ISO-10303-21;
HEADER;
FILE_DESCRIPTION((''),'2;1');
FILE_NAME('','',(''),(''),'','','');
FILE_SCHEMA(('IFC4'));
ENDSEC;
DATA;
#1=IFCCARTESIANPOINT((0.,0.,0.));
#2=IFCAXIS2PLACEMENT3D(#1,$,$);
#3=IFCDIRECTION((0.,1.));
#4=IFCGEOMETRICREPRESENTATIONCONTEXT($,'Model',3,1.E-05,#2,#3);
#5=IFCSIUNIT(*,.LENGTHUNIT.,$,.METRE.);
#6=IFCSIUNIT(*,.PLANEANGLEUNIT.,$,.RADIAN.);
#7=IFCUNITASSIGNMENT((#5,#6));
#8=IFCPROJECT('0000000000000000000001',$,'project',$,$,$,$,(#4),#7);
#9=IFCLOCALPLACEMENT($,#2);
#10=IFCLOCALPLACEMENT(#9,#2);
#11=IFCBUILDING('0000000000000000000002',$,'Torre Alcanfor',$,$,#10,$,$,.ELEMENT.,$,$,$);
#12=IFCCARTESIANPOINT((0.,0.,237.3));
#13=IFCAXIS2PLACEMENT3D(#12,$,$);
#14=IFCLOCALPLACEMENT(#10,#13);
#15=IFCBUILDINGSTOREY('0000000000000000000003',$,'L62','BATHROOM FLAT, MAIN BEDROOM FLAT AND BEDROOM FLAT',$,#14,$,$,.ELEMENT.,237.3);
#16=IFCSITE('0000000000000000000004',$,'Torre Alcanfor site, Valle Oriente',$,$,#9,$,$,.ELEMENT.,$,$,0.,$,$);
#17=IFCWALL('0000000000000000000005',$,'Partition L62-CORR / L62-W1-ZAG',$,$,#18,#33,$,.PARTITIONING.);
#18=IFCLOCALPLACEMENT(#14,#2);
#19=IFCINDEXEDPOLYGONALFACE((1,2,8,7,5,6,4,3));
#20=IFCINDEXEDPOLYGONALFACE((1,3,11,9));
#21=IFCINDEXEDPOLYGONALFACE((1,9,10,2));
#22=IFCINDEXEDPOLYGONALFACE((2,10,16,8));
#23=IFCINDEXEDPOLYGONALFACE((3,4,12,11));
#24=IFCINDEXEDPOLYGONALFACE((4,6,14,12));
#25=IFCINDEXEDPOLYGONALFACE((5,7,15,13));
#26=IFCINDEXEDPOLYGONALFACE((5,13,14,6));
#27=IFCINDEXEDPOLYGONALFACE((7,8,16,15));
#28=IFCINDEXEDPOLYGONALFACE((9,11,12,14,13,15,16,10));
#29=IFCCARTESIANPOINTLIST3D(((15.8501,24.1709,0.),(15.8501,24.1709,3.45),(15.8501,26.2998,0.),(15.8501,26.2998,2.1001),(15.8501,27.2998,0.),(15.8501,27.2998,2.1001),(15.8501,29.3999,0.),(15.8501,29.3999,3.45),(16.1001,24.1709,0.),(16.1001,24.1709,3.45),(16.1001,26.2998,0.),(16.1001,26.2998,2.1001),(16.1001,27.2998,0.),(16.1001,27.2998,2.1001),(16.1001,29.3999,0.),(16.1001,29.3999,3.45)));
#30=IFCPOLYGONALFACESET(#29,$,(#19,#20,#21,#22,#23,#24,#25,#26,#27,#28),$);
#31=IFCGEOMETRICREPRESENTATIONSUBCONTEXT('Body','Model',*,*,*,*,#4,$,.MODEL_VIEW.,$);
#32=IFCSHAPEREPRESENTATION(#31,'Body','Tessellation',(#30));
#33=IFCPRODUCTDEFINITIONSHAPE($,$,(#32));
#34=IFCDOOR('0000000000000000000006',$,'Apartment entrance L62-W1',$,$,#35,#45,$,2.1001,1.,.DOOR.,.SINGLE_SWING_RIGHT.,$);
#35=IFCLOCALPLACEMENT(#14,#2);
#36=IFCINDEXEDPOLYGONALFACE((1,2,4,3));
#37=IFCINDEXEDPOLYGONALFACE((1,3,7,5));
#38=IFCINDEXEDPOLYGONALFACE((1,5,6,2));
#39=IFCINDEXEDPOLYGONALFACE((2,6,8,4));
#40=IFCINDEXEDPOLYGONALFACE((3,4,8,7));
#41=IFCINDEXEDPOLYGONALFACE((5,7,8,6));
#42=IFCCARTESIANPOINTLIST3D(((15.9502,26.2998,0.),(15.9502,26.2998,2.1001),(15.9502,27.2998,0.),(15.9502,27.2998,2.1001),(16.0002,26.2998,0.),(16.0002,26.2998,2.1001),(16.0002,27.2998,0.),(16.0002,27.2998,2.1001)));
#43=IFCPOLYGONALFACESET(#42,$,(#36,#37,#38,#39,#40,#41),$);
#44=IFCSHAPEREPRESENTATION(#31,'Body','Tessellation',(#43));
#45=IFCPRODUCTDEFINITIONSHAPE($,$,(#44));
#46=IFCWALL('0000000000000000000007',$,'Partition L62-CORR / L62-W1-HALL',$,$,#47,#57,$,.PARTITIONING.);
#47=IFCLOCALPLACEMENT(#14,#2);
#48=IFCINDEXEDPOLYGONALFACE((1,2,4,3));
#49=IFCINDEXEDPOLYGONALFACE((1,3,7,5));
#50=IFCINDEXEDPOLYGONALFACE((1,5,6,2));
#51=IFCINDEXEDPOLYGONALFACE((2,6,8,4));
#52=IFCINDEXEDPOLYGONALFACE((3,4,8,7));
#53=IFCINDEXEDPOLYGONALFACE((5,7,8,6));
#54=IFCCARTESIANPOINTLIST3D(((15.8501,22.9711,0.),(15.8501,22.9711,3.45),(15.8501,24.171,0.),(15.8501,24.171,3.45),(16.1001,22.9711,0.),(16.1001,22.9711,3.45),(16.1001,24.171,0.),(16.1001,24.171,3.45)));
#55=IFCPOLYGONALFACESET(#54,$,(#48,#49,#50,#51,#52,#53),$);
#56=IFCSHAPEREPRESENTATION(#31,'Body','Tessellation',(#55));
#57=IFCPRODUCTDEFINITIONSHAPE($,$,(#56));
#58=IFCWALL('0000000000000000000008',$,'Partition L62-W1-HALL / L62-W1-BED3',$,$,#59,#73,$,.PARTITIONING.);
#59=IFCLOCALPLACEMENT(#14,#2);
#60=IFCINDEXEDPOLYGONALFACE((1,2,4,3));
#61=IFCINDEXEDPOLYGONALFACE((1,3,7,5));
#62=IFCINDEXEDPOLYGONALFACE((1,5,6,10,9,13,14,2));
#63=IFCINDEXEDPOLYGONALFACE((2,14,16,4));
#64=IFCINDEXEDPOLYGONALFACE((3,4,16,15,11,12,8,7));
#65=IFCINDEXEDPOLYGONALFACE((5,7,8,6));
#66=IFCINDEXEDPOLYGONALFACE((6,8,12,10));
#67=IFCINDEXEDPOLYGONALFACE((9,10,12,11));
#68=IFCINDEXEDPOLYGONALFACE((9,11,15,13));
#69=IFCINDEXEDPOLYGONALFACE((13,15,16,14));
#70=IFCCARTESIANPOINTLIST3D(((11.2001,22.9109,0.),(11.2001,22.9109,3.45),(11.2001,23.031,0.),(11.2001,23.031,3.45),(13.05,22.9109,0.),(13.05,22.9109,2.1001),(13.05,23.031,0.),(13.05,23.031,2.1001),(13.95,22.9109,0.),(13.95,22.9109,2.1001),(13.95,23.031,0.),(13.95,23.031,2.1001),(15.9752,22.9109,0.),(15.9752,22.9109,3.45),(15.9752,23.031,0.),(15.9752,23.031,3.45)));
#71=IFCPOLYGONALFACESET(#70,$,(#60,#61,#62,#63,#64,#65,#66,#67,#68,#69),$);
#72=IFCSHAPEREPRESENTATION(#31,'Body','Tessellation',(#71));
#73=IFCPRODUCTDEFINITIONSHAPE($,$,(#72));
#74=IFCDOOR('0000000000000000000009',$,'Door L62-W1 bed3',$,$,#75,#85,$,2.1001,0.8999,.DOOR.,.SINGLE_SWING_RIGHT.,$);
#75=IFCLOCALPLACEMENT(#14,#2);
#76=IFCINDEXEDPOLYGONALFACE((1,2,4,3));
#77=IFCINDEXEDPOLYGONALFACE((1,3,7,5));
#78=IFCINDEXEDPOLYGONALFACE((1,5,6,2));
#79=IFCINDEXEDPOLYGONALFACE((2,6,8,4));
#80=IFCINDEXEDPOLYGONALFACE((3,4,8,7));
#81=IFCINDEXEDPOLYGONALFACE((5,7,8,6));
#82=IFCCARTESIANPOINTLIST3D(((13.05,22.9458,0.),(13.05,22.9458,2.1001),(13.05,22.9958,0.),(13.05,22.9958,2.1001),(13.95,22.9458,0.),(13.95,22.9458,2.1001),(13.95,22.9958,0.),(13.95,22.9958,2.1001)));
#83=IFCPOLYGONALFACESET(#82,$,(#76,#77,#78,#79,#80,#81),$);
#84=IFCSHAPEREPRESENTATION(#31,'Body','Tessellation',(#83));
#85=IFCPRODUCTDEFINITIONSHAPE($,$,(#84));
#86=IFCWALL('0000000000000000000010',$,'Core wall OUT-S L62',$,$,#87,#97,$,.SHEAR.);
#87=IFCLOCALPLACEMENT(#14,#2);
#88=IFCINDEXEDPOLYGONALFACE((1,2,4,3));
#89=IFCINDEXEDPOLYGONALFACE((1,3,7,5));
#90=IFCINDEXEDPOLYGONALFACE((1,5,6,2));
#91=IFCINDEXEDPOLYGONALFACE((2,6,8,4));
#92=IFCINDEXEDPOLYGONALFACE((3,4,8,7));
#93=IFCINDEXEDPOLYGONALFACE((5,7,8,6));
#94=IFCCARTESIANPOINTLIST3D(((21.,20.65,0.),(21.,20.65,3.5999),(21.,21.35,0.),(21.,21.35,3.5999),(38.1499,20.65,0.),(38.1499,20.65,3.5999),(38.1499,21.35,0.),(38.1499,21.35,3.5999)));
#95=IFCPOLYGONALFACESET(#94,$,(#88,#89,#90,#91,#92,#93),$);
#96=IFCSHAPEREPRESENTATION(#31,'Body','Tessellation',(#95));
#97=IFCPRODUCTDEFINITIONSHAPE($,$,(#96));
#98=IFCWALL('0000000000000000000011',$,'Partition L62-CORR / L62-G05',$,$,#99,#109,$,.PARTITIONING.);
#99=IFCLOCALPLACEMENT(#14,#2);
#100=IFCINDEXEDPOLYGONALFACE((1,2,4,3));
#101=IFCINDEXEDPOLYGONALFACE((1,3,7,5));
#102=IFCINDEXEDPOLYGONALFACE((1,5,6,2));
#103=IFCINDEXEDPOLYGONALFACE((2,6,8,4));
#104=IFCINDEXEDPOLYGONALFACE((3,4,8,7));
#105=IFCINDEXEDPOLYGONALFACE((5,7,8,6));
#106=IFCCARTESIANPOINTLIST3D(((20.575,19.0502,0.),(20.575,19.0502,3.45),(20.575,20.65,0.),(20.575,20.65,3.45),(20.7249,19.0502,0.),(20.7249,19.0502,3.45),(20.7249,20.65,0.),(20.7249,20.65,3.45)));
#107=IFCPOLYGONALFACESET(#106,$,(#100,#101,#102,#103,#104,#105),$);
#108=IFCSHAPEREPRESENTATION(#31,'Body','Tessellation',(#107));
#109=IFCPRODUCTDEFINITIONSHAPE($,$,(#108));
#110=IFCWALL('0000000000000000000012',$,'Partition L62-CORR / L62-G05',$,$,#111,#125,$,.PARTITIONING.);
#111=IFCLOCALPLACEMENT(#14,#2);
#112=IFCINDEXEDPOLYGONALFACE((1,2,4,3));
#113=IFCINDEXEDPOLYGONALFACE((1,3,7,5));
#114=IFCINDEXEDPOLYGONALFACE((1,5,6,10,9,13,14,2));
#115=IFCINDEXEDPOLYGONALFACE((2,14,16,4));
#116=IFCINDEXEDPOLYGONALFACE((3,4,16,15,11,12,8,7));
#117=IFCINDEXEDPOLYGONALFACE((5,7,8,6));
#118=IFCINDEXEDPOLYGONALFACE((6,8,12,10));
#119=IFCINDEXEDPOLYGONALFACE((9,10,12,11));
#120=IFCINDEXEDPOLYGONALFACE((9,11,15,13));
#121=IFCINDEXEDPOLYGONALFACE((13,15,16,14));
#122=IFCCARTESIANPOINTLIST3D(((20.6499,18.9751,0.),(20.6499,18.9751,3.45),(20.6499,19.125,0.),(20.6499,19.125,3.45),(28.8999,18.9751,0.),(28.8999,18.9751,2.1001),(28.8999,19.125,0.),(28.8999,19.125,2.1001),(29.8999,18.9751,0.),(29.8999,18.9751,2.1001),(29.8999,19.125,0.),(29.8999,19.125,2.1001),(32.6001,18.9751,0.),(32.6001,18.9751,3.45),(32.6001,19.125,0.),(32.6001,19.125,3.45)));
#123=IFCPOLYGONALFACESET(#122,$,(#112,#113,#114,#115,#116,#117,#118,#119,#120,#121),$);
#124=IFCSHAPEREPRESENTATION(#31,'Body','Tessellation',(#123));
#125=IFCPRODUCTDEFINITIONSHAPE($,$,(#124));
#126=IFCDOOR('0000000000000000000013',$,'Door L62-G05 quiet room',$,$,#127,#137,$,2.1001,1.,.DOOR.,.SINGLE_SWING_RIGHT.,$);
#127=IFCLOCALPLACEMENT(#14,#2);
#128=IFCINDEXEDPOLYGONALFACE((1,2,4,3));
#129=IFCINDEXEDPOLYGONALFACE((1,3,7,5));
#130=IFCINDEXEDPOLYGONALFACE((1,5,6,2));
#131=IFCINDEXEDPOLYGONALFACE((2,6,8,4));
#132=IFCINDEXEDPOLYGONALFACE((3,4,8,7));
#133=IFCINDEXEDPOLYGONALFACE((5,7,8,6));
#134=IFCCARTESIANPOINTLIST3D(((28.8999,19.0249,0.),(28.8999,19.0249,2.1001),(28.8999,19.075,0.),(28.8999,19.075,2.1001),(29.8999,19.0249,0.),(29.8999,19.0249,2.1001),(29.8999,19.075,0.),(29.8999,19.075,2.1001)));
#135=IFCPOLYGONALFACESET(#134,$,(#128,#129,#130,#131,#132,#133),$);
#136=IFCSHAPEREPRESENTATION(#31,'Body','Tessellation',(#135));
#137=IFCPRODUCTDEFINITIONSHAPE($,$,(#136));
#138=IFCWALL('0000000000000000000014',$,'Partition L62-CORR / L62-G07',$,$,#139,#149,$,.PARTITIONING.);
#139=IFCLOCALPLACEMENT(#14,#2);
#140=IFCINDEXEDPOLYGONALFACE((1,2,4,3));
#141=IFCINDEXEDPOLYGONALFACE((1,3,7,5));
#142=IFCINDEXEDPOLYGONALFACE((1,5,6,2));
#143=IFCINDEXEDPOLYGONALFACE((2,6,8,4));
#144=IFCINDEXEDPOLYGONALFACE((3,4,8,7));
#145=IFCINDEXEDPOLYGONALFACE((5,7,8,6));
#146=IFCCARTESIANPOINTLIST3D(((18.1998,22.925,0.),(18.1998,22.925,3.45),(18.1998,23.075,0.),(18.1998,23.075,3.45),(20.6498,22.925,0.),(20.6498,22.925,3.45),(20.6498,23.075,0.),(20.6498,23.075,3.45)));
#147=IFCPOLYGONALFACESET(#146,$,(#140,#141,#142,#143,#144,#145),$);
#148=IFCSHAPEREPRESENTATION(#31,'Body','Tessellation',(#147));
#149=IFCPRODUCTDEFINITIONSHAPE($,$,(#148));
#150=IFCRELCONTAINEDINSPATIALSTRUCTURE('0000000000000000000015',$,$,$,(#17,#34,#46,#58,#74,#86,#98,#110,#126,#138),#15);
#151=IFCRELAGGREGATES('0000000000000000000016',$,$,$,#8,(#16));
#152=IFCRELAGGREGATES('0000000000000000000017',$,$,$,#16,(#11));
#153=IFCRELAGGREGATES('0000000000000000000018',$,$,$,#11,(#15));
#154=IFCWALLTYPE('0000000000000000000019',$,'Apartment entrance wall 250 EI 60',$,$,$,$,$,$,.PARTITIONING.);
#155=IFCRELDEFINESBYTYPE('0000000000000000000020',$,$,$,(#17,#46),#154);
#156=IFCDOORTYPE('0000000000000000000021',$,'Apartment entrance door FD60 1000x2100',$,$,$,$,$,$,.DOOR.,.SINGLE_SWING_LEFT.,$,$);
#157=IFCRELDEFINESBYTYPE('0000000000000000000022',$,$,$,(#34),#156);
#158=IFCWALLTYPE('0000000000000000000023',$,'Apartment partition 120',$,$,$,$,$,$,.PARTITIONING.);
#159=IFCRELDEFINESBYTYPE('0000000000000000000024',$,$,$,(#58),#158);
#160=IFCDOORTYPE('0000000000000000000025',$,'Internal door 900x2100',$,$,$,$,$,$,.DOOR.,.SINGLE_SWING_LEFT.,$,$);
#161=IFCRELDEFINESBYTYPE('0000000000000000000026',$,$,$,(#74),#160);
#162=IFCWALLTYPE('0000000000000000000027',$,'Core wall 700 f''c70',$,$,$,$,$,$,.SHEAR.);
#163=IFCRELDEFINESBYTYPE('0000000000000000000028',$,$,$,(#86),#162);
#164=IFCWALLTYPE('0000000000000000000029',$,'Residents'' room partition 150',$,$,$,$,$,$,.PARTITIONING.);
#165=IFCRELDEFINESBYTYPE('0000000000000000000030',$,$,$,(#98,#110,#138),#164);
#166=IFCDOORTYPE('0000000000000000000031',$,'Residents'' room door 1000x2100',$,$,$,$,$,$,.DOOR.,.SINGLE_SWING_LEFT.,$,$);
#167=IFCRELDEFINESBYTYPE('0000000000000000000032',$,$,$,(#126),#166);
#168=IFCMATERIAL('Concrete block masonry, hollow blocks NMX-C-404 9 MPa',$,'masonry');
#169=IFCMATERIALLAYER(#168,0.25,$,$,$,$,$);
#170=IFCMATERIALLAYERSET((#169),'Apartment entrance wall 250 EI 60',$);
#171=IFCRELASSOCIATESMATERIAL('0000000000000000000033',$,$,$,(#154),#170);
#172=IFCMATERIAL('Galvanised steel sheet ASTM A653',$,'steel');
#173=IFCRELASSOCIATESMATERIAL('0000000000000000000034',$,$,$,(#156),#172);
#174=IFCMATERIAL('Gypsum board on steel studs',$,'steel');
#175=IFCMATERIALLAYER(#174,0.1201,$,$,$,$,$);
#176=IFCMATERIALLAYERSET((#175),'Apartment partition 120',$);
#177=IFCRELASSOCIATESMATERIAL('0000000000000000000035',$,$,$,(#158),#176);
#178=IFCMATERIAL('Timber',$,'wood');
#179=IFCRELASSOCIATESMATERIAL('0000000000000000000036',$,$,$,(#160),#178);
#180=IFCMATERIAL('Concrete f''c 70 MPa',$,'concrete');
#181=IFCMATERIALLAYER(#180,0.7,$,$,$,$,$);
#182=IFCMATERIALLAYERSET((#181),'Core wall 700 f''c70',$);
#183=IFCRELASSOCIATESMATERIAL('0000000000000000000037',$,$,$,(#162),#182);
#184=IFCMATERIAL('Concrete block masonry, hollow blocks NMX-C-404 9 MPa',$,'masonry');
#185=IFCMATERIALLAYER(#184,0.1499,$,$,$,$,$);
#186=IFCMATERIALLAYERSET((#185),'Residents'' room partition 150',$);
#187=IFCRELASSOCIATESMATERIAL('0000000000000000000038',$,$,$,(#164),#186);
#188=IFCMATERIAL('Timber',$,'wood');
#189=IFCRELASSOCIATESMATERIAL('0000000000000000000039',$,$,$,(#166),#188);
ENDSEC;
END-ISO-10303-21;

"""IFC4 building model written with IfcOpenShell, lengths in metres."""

from ifc_helpers import new_model, si_unit, direction, frame, frame_2d, origin, place, context, subcontext, project, spatial, rectangle, extrude, material, layer, layer_set, type_object, element, fill, save


model = new_model("IFC4")

# Units and contexts
model_context = context("Model", 3, precision=1e-05, world=origin(), true_north=direction((0.0, 1.0)))
body_context = subcontext(model_context, "Body", "Model", "MODEL_VIEW")
ifc_project = project(units=[si_unit("LENGTHUNIT", "METRE"), si_unit("PLANEANGLEUNIT", "RADIAN")], contexts=[model_context])

# Site, building, storey
site_placement = place(None, origin())
site = spatial("IfcSite", under=ifc_project, at=site_placement, Name="Torre Alcanfor site, Valle Oriente", CompositionType="ELEMENT", RefElevation=0.0)
building_placement = place(site_placement, origin())
building = spatial("IfcBuilding", under=site, at=building_placement, Name="Torre Alcanfor", CompositionType="ELEMENT")
storey_placement = place(building_placement, frame((0.0, 0.0, 237.3)))
storey = spatial("IfcBuildingStorey", under=building, at=storey_placement, Name="L62", Description="BATHROOM FLAT, MAIN BEDROOM FLAT AND BEDROOM FLAT", CompositionType="ELEMENT", Elevation=237.3)

# Wall, opening, door
ifc_material_1 = material(Name="Concrete block masonry, hollow blocks NMX-C-404 9 MPa", Category="masonry")
ifc_layer_1 = layer(ifc_material_1, 0.25)
ifc_layer_set_1 = layer_set([ifc_layer_1], Name="Apartment entrance wall 250 EI 60")
wall_type_1 = type_object("IfcWallType", Name="Apartment entrance wall 250 EI 60", PredefinedType="PARTITIONING", material=ifc_layer_set_1)
wall_1_placement = place(storey_placement, frame((15.9751, 24.1709, 0.0), z_axis=(0.0, 0.0, 1.0), x_axis=(0.0, 1.0, 0.0)))
wall_1 = element("IfcWall", 1, at=wall_1_placement, inside=storey, type_object=wall_type_1, Name="Partition L62-CORR / L62-W1-ZAG", PredefinedType="PARTITIONING", context=body_context, shape_type="SweptSolid", body=[
    extrude(rectangle(XDim=5.229, YDim=0.25, at=frame_2d((2.6145, 0.0))), origin(), (0.0, 0.0, 1.0), 3.45),
])
opening_1_placement = place(wall_1_placement, frame((2.1289, 0.0, 0.0)))
opening_1 = element("IfcOpeningElement", 2, at=opening_1_placement, cuts=wall_1, PredefinedType="OPENING", context=body_context, shape_type="SweptSolid", body=[
    extrude(rectangle(XDim=1.0, YDim=2.1001, at=frame_2d((0.5, 1.05))), frame((0.0, 0.135, 0.0), z_axis=(0.0, -1.0, 0.0), x_axis=(1.0, 0.0, 0.0)), (0.0, 0.0, 1.0), 0.27),
])
ifc_material_2 = material(Name="Galvanised steel sheet ASTM A653", Category="steel")
door_type_1 = type_object("IfcDoorType", Name="Apartment entrance door FD60 1000x2100", OperationType="SINGLE_SWING_LEFT", PredefinedType="DOOR", material=ifc_material_2)
door_1_placement = place(opening_1_placement, origin())
door_1 = element("IfcDoor", 3, at=door_1_placement, inside=storey, type_object=door_type_1, Name="Apartment entrance L62-W1", OperationType="SINGLE_SWING_RIGHT", OverallHeight=2.1001, OverallWidth=1.0, PredefinedType="DOOR", context=body_context, shape_type="SweptSolid", body=[
    extrude(rectangle(XDim=1.0, YDim=2.1001, at=frame_2d((0.5, 1.05))), frame((0.0, 0.0249, 0.0), z_axis=(0.0, -1.0, 0.0), x_axis=(1.0, 0.0, 0.0)), (0.0, 0.0, 1.0), 0.05),
])
fill(opening_1, door_1)

# Wall
wall_2_placement = place(storey_placement, frame((15.9751, 22.9709, 0.0), z_axis=(0.0, 0.0, 1.0), x_axis=(0.0, 1.0, 0.0)))
element("IfcWall", 4, at=wall_2_placement, inside=storey, type_object=wall_type_1, Name="Partition L62-CORR / L62-W1-HALL", PredefinedType="PARTITIONING", context=body_context, shape_type="SweptSolid", body=[
    extrude(rectangle(XDim=1.2, YDim=0.25, at=frame_2d((0.6001, 0.0))), origin(), (0.0, 0.0, 1.0), 3.45),
])

# Wall, opening, door
ifc_material_3 = material(Name="Gypsum board on steel studs", Category="steel")
ifc_layer_2 = layer(ifc_material_3, 0.1201)
ifc_layer_set_2 = layer_set([ifc_layer_2], Name="Apartment partition 120")
wall_type_2 = type_object("IfcWallType", Name="Apartment partition 120", PredefinedType="PARTITIONING", material=ifc_layer_set_2)
wall_3_placement = place(storey_placement, frame((11.2, 22.9709, 0.0), z_axis=(0.0, 0.0, 1.0), x_axis=(1.0, 0.0, 0.0)))
wall_3 = element("IfcWall", 5, at=wall_3_placement, inside=storey, type_object=wall_type_2, Name="Partition L62-W1-HALL / L62-W1-BED3", PredefinedType="PARTITIONING", context=body_context, shape_type="SweptSolid", body=[
    extrude(rectangle(XDim=4.7751, YDim=0.1201, at=frame_2d((2.3877, 0.0))), origin(), (0.0, 0.0, 1.0), 3.45),
])
opening_2_placement = place(wall_3_placement, frame((1.8501, 0.0, 0.0)))
opening_2 = element("IfcOpeningElement", 6, at=opening_2_placement, cuts=wall_3, PredefinedType="OPENING", context=body_context, shape_type="SweptSolid", body=[
    extrude(rectangle(XDim=0.8999, YDim=2.1001, at=frame_2d((0.45, 1.05))), frame((0.0, 0.0701, 0.0), z_axis=(0.0, -1.0, 0.0), x_axis=(1.0, 0.0, 0.0)), (0.0, 0.0, 1.0), 0.1401),
])
ifc_material_4 = material(Name="Timber", Category="wood")
door_type_2 = type_object("IfcDoorType", Name="Internal door 900x2100", OperationType="SINGLE_SWING_LEFT", PredefinedType="DOOR", material=ifc_material_4)
door_2_placement = place(opening_2_placement, frame((0.8999, 0.0, 0.0), z_axis=(0.0, 0.0, 1.0), x_axis=(-1.0, 0.0, 0.0)))
door_2 = element("IfcDoor", 7, at=door_2_placement, inside=storey, type_object=door_type_2, Name="Door L62-W1 bed3", OperationType="SINGLE_SWING_RIGHT", OverallHeight=2.1001, OverallWidth=0.8999, PredefinedType="DOOR", context=body_context, shape_type="SweptSolid", body=[
    extrude(rectangle(XDim=0.8999, YDim=2.1001, at=frame_2d((0.45, 1.05))), frame((0.0, 0.0251, 0.0), z_axis=(0.0, -1.0, 0.0), x_axis=(1.0, 0.0, 0.0)), (0.0, 0.0, 1.0), 0.05),
])
fill(opening_2, door_2)

# Walls
ifc_material_5 = material(Name="Concrete f'c 70 MPa", Category="concrete")
ifc_layer_3 = layer(ifc_material_5, 0.7)
ifc_layer_set_3 = layer_set([ifc_layer_3], Name="Core wall 700 f'c70")
wall_type_3 = type_object("IfcWallType", Name="Core wall 700 f'c70", PredefinedType="SHEAR", material=ifc_layer_set_3)
wall_4_placement = place(storey_placement, frame((21.0, 21.0, 0.0), z_axis=(0.0, 0.0, 1.0), x_axis=(1.0, 0.0, 0.0)))
element("IfcWall", 8, at=wall_4_placement, inside=storey, type_object=wall_type_3, Name="Core wall OUT-S L62", PredefinedType="SHEAR", context=body_context, shape_type="SweptSolid", body=[
    extrude(rectangle(XDim=17.1499, YDim=0.7, at=frame_2d((8.575, 0.0))), origin(), (0.0, 0.0, 1.0), 3.5999),
])
ifc_material_6 = material(Name="Concrete block masonry, hollow blocks NMX-C-404 9 MPa", Category="masonry")
ifc_layer_4 = layer(ifc_material_6, 0.1499)
ifc_layer_set_4 = layer_set([ifc_layer_4], Name="Residents' room partition 150")
wall_type_4 = type_object("IfcWallType", Name="Residents' room partition 150", PredefinedType="PARTITIONING", material=ifc_layer_set_4)
wall_5_placement = place(storey_placement, frame((20.6499, 20.6499, 0.0), z_axis=(0.0, 0.0, 1.0), x_axis=(0.0, -1.0, 0.0)))
element("IfcWall", 9, at=wall_5_placement, inside=storey, type_object=wall_type_4, Name="Partition L62-CORR / L62-G05", PredefinedType="PARTITIONING", context=body_context, shape_type="SweptSolid", body=[
    extrude(rectangle(XDim=1.5999, YDim=0.1499, at=frame_2d((0.7998, 0.0))), origin(), (0.0, 0.0, 1.0), 3.45),
])

# Wall, opening, door
wall_6_placement = place(storey_placement, frame((20.6499, 19.05, 0.0), z_axis=(0.0, 0.0, 1.0), x_axis=(1.0, 0.0, 0.0)))
wall_6 = element("IfcWall", 10, at=wall_6_placement, inside=storey, type_object=wall_type_4, Name="Partition L62-CORR / L62-G05", PredefinedType="PARTITIONING", context=body_context, shape_type="SweptSolid", body=[
    extrude(rectangle(XDim=11.9502, YDim=0.1499, at=frame_2d((5.9751, 0.0))), origin(), (0.0, 0.0, 1.0), 3.45),
])
opening_3_placement = place(wall_6_placement, frame((8.25, 0.0, 0.0)))
opening_3 = element("IfcOpeningElement", 11, at=opening_3_placement, cuts=wall_6, PredefinedType="OPENING", context=body_context, shape_type="SweptSolid", body=[
    extrude(rectangle(XDim=1.0, YDim=2.1001, at=frame_2d((0.5, 1.05))), frame((0.0, 0.085, 0.0), z_axis=(0.0, -1.0, 0.0), x_axis=(1.0, 0.0, 0.0)), (0.0, 0.0, 1.0), 0.1699),
])
ifc_material_7 = material(Name="Timber", Category="wood")
door_type_3 = type_object("IfcDoorType", Name="Residents' room door 1000x2100", OperationType="SINGLE_SWING_LEFT", PredefinedType="DOOR", material=ifc_material_7)
door_3_placement = place(opening_3_placement, origin())
door_3 = element("IfcDoor", 12, at=door_3_placement, inside=storey, type_object=door_type_3, Name="Door L62-G05 quiet room", OperationType="SINGLE_SWING_RIGHT", OverallHeight=2.1001, OverallWidth=1.0, PredefinedType="DOOR", context=body_context, shape_type="SweptSolid", body=[
    extrude(rectangle(XDim=1.0, YDim=2.1001, at=frame_2d((0.5, 1.05))), frame((0.0, 0.0249, 0.0), z_axis=(0.0, -1.0, 0.0), x_axis=(1.0, 0.0, 0.0)), (0.0, 0.0, 1.0), 0.05),
])
fill(opening_3, door_3)

# Wall
wall_7_placement = place(storey_placement, frame((20.6499, 23.0, 0.0), z_axis=(0.0, 0.0, 1.0), x_axis=(-1.0, 0.0, 0.0)))
element("IfcWall", 13, at=wall_7_placement, inside=storey, type_object=wall_type_4, Name="Partition L62-CORR / L62-G07", PredefinedType="PARTITIONING", context=body_context, shape_type="SweptSolid", body=[
    extrude(rectangle(XDim=2.45, YDim=0.1499, at=frame_2d((1.2251, 0.0))), origin(), (0.0, 0.0, 1.0), 3.45),
])

save(model, "model.ifc")
